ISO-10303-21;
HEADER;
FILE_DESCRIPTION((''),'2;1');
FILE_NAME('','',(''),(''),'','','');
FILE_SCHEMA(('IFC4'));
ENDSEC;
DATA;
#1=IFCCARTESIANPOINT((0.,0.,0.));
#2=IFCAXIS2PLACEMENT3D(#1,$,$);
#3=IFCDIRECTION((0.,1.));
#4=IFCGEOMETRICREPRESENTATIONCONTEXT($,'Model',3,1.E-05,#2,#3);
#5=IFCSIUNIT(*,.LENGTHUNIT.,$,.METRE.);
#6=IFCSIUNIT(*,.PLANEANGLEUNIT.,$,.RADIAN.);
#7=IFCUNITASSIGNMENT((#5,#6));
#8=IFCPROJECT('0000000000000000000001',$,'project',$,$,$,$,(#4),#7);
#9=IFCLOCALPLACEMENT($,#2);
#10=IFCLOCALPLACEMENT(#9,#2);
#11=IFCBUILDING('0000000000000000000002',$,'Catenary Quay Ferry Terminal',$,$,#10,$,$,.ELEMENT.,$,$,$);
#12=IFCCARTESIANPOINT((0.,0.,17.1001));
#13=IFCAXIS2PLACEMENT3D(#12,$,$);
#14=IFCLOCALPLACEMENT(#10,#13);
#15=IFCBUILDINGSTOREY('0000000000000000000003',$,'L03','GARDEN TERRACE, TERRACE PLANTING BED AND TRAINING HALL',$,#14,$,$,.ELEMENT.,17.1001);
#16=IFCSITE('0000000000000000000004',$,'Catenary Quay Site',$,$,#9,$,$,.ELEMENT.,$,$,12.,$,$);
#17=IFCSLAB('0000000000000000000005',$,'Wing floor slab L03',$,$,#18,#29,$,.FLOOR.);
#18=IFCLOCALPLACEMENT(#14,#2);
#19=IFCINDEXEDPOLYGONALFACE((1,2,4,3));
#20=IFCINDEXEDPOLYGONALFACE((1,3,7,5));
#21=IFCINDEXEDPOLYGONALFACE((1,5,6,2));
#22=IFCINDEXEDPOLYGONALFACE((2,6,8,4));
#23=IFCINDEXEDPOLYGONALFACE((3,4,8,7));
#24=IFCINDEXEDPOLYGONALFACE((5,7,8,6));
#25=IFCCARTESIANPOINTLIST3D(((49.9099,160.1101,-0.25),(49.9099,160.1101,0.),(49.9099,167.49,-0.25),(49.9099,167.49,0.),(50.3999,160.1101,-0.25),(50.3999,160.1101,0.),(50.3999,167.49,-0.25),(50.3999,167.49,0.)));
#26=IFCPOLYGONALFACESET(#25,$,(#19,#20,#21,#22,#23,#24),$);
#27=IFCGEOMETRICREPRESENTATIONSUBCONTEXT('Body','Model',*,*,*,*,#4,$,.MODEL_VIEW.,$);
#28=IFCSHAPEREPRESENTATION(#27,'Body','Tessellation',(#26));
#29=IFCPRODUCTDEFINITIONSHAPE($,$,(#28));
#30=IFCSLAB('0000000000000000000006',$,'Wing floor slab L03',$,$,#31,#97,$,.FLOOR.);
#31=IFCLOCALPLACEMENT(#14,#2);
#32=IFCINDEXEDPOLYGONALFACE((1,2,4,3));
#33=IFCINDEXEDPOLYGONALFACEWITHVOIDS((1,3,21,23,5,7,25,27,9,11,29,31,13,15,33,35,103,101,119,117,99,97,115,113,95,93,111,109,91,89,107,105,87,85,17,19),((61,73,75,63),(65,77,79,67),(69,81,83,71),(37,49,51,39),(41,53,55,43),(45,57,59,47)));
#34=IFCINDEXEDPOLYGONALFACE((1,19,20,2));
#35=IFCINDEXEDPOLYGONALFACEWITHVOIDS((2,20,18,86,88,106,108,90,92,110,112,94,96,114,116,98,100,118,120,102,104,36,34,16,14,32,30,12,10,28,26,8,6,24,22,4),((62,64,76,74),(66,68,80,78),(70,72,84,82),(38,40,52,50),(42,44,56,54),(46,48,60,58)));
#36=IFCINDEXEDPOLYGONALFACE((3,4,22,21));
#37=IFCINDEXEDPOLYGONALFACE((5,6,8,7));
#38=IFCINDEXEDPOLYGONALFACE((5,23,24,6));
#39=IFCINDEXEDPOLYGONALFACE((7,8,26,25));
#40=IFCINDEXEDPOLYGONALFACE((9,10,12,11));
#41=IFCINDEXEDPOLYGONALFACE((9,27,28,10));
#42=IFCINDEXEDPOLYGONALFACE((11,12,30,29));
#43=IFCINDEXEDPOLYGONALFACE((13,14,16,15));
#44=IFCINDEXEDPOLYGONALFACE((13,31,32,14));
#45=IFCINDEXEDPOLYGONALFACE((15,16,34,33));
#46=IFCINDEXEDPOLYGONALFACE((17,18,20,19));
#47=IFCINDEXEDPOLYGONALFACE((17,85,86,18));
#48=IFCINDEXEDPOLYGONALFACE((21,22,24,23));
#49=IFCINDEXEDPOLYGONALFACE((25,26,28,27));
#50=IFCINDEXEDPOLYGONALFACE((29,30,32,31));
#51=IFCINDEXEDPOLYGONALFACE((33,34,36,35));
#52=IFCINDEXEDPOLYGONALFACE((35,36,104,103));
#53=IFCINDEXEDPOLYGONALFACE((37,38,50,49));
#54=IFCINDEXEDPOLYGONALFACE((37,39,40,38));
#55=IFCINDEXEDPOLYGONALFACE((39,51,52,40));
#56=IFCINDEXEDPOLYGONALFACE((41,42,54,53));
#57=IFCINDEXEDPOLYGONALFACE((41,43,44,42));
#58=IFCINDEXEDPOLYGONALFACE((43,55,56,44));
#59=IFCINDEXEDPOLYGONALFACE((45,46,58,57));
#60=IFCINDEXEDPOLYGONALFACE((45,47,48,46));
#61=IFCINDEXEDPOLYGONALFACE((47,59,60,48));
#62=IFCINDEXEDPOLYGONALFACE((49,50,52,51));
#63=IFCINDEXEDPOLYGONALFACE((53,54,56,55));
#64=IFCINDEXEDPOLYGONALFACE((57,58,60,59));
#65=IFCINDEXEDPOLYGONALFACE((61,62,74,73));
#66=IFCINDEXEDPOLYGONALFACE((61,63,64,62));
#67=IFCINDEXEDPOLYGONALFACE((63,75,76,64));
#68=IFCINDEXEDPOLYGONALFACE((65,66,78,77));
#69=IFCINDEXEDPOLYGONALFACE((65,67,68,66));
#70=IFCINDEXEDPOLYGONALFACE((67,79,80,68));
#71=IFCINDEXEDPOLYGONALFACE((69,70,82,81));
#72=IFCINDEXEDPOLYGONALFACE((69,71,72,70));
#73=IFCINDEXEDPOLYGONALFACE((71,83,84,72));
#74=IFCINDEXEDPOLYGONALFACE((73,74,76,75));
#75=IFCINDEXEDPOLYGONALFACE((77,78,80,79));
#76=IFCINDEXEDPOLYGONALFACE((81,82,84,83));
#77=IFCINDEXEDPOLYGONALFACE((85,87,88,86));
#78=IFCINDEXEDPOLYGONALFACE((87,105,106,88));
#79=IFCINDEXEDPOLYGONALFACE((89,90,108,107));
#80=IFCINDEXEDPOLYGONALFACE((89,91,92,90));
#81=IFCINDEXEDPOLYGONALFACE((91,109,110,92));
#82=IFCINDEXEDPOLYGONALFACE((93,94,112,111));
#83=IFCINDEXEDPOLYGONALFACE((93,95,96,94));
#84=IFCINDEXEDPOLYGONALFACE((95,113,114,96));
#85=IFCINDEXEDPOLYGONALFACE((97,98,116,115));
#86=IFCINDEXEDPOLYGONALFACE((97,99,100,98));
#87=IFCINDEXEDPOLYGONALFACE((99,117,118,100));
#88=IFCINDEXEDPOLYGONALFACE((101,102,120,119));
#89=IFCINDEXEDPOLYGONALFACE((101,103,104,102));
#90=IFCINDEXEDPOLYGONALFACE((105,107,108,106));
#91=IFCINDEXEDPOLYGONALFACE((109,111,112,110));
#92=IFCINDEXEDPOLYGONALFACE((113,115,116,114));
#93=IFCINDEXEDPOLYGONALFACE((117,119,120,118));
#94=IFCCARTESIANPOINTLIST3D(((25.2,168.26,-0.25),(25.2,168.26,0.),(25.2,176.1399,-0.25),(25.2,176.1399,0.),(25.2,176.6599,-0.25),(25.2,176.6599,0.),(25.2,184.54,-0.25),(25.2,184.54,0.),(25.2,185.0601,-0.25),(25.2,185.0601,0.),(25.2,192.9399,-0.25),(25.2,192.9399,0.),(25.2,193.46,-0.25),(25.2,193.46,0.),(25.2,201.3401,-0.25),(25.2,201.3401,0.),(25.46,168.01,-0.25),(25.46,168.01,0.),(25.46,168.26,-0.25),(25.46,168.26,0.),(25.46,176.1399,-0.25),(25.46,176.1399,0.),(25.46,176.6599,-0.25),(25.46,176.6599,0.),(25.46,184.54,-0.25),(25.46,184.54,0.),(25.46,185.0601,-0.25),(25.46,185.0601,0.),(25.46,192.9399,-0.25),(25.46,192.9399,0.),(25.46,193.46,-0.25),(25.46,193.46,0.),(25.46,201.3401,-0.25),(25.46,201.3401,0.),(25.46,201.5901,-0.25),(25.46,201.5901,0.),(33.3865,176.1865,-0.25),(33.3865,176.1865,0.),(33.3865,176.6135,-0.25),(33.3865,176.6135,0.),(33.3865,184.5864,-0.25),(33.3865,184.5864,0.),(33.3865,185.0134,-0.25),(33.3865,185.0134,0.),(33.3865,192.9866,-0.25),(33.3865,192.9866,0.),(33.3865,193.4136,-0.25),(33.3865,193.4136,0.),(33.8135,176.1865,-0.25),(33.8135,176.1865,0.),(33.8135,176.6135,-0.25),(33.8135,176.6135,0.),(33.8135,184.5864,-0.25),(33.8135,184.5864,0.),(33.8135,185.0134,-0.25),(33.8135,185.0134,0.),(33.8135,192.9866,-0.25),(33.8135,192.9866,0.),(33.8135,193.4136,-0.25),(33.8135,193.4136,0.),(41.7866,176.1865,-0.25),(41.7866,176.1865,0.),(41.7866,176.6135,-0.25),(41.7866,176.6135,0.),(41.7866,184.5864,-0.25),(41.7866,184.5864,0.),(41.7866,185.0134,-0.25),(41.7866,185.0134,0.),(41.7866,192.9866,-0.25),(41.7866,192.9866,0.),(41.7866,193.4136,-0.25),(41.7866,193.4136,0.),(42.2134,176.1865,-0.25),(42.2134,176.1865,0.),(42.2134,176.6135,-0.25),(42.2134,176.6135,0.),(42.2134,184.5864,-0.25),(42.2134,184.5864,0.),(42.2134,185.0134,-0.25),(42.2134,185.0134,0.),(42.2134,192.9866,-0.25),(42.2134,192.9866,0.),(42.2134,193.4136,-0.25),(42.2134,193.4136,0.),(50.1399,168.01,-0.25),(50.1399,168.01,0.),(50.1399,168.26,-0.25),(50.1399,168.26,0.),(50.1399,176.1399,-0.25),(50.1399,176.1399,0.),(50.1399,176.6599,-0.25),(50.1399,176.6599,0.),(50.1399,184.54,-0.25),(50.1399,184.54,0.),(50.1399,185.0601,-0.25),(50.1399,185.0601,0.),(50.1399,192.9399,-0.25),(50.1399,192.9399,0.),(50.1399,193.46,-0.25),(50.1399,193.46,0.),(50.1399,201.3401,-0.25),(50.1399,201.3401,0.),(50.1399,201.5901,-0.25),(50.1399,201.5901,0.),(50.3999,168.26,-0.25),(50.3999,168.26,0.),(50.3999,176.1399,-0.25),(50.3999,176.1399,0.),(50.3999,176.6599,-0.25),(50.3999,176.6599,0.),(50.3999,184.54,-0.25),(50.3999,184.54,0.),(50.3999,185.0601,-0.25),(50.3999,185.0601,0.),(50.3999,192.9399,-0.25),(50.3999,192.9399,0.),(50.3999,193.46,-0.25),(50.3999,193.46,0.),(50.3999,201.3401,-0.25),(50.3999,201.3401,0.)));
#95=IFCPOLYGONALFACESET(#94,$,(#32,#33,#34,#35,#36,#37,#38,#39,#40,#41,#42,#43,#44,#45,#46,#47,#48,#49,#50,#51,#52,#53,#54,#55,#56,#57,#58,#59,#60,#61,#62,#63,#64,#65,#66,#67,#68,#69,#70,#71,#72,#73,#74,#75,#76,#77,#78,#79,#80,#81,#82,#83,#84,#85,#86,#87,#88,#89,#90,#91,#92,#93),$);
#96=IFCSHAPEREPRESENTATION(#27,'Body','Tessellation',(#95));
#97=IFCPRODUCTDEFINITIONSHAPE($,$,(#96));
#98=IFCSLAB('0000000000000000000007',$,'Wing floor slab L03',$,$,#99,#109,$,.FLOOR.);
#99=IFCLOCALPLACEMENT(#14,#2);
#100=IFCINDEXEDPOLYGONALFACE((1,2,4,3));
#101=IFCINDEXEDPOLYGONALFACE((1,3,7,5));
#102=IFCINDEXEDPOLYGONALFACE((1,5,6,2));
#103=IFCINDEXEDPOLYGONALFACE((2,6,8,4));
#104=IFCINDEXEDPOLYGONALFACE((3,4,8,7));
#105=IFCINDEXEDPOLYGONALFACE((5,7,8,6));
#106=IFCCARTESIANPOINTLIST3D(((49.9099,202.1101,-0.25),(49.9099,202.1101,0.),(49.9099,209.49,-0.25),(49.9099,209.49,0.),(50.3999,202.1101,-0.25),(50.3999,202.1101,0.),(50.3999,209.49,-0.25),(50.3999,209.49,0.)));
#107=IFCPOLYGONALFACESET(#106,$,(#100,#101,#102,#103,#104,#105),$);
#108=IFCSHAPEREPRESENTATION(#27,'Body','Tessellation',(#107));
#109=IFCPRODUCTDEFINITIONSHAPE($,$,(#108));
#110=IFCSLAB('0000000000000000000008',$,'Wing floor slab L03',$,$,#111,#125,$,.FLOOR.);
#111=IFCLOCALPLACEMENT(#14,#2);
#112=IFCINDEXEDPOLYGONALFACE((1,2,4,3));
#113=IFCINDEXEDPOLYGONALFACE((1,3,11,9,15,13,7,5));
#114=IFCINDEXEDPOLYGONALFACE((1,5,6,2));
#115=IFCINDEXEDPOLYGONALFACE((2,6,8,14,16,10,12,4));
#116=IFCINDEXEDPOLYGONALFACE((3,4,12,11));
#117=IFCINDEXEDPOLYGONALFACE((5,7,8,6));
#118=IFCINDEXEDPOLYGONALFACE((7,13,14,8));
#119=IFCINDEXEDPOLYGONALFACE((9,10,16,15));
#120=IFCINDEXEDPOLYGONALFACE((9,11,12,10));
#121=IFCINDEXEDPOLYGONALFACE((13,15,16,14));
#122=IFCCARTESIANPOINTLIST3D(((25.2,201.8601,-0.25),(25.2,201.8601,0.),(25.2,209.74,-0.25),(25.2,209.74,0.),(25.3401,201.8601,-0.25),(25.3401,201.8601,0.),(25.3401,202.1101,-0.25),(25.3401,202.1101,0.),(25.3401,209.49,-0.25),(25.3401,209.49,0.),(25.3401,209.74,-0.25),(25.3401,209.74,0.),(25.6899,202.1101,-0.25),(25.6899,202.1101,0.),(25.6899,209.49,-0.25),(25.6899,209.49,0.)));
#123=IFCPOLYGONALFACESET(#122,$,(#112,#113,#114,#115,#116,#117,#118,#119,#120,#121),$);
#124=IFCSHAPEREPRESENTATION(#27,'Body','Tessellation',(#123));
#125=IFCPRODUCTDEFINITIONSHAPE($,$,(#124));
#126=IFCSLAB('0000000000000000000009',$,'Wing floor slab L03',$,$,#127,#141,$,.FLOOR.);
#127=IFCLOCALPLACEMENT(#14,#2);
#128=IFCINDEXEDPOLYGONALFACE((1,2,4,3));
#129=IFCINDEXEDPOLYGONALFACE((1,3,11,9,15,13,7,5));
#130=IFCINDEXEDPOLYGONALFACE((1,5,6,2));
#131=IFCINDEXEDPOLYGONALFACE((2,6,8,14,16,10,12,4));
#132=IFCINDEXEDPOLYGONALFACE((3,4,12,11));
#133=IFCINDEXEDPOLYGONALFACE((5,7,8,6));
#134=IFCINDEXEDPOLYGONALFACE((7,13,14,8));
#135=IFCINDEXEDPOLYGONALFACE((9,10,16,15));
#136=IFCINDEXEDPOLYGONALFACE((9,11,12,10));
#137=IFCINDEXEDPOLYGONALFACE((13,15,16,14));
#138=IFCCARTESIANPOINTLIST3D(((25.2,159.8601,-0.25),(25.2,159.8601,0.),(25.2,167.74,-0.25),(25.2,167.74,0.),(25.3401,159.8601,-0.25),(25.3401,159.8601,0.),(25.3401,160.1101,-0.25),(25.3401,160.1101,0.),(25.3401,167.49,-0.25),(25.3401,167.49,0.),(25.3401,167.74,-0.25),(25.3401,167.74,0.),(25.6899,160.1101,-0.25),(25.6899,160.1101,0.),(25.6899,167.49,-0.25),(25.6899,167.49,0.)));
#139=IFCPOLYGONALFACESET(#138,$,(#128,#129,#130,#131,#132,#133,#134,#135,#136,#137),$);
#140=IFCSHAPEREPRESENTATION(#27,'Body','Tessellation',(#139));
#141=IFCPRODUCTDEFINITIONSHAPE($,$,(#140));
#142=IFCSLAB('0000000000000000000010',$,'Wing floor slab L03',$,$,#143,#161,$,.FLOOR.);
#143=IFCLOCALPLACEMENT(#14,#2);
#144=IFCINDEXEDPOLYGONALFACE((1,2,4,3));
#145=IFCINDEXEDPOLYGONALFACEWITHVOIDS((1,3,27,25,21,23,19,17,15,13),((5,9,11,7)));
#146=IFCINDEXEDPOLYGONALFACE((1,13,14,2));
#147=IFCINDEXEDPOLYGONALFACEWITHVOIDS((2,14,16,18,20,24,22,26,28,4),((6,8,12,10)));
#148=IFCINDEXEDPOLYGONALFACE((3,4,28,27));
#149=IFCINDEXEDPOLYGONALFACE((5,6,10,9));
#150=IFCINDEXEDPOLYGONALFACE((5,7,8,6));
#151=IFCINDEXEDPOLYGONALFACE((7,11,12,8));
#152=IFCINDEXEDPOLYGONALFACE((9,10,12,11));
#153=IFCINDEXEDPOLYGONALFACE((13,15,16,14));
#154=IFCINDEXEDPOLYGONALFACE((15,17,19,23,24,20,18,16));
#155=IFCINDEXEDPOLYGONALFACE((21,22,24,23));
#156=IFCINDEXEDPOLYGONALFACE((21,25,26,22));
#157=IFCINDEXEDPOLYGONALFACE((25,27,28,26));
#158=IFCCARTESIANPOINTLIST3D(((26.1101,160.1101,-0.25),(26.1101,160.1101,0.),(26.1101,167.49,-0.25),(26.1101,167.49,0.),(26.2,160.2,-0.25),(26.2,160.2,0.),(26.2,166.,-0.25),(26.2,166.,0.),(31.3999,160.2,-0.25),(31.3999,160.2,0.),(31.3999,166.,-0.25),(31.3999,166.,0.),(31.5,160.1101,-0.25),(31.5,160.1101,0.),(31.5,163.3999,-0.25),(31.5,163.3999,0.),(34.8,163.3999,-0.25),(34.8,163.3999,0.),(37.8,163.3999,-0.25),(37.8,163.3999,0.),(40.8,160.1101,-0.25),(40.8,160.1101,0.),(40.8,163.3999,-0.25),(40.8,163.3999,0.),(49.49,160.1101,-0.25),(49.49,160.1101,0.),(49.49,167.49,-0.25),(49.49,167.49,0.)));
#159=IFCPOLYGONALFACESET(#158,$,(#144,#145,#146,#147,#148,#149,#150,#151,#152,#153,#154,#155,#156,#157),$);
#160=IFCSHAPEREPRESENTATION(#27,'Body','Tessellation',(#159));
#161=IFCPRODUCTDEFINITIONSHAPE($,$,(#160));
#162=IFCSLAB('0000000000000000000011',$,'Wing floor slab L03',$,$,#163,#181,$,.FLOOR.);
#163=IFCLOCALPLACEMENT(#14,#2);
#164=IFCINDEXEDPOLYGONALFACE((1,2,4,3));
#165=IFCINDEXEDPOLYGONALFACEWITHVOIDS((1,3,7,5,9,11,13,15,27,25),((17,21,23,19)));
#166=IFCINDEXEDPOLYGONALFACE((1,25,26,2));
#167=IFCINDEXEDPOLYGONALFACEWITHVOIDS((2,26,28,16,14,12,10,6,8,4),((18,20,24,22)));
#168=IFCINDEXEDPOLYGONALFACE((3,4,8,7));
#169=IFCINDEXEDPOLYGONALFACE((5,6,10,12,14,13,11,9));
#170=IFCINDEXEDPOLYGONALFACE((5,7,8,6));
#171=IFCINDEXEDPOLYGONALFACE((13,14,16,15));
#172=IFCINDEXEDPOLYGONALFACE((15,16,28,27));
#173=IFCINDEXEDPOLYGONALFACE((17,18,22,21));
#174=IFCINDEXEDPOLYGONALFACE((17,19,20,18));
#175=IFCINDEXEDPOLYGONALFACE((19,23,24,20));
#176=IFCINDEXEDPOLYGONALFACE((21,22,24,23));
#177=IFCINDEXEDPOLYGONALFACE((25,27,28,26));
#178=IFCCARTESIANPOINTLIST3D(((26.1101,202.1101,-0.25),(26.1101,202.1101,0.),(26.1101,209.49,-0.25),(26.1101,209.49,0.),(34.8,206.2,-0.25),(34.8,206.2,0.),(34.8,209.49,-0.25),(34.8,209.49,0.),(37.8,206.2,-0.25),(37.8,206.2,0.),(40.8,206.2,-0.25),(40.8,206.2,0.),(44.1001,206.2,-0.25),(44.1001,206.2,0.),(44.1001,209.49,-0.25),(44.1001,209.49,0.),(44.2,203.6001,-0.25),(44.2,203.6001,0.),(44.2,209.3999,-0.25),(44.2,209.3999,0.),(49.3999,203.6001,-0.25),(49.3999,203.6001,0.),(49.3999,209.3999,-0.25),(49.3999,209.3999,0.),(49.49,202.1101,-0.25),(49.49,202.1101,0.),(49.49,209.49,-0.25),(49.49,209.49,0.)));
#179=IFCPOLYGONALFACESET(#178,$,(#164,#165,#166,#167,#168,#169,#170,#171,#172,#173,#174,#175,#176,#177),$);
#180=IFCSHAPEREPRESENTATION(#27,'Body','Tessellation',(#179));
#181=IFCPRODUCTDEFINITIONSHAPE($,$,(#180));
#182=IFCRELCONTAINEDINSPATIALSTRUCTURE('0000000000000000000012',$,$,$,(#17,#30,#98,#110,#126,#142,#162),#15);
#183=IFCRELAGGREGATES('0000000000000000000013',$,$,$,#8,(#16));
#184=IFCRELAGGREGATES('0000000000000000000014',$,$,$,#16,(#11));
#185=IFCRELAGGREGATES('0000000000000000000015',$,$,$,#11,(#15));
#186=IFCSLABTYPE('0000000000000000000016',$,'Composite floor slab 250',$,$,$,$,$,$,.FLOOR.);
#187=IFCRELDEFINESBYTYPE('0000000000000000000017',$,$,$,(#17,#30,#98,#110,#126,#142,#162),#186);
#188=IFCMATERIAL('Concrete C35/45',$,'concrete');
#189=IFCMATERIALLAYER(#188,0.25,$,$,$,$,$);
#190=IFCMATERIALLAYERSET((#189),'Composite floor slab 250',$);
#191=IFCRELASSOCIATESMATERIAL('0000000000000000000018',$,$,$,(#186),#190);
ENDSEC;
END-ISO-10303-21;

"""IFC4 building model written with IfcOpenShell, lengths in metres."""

from ifc_helpers import new_model, si_unit, direction, frame, origin, place, context, subcontext, project, spatial, polyline, outline, extrude, material, layer, layer_set, type_object, element, save


model = new_model("IFC4")

# Units and contexts
model_context = context("Model", 3, precision=1e-05, world=origin(), true_north=direction((0.0, 1.0)))
body_context = subcontext(model_context, "Body", "Model", "MODEL_VIEW")
ifc_project = project(units=[si_unit("LENGTHUNIT", "METRE"), si_unit("PLANEANGLEUNIT", "RADIAN")], contexts=[model_context])

# Site, building, storey
site_placement = place(None, origin())
site = spatial("IfcSite", under=ifc_project, at=site_placement, Name="Catenary Quay Site", CompositionType="ELEMENT", RefElevation=12.0)
building_placement = place(site_placement, origin())
building = spatial("IfcBuilding", under=site, at=building_placement, Name="Catenary Quay Ferry Terminal", CompositionType="ELEMENT")
storey_placement = place(building_placement, frame((0.0, 0.0, 17.1001)))
storey = spatial("IfcBuildingStorey", under=building, at=storey_placement, Name="L03", Description="GARDEN TERRACE, TERRACE PLANTING BED AND TRAINING HALL", CompositionType="ELEMENT", Elevation=17.1001)

# Slabs
ifc_material_1 = material(Name="Concrete C35/45", Category="concrete")
ifc_layer_1 = layer(ifc_material_1, 0.25)
ifc_layer_set_1 = layer_set([ifc_layer_1], Name="Composite floor slab 250")
slab_type_1 = type_object("IfcSlabType", Name="Composite floor slab 250", PredefinedType="FLOOR", material=ifc_layer_set_1)
slab_1_placement = place(storey_placement, frame((0.0, 0.0, -0.25)))
element("IfcSlab", 1, at=slab_1_placement, inside=storey, type_object=slab_type_1, Name="Wing floor slab L03", PredefinedType="FLOOR", context=body_context, shape_type="SweptSolid", body=[
    extrude(outline(polyline([(50.3999, 160.1101), (49.9099, 160.1101), (49.9099, 167.49), (50.3999, 167.49), (50.3999, 160.1101)])), origin(), (0.0, 0.0, 1.0), 0.25),
])
slab_2_placement = place(storey_placement, frame((0.0, 0.0, -0.25)))
element("IfcSlab", 2, at=slab_2_placement, inside=storey, type_object=slab_type_1, Name="Wing floor slab L03", PredefinedType="FLOOR", context=body_context, shape_type="SweptSolid", body=[
    extrude(outline(polyline([(50.3999, 168.26), (50.1399, 168.26), (50.1399, 168.01), (25.46, 168.01), (25.46, 168.26), (25.2, 168.26), (25.2, 176.1399), (25.46, 176.1399), (25.46, 176.6599), (25.2, 176.6599), (25.2, 184.54), (25.46, 184.54), (25.46, 185.0601), (25.2, 185.0601), (25.2, 192.9399), (25.46, 192.9399), (25.46, 193.46), (25.2, 193.46), (25.2, 201.3401), (25.46, 201.3401), (25.46, 201.5901), (50.1399, 201.5901), (50.1399, 201.3401), (50.3999, 201.3401), (50.3999, 193.46), (50.1399, 193.46), (50.1399, 192.9399), (50.3999, 192.9399), (50.3999, 185.0601), (50.1399, 185.0601), (50.1399, 184.54), (50.3999, 184.54), (50.3999, 176.6599), (50.1399, 176.6599), (50.1399, 176.1399), (50.3999, 176.1399), (50.3999, 168.26)]), holes=[polyline([(33.8135, 176.1865), (33.8135, 176.6135), (33.3865, 176.6135), (33.3865, 176.1865), (33.8135, 176.1865)]), polyline([(33.8135, 184.5864), (33.8135, 185.0134), (33.3865, 185.0134), (33.3865, 184.5864), (33.8135, 184.5864)]), polyline([(33.3865, 192.9866), (33.8135, 192.9866), (33.8135, 193.4136), (33.3865, 193.4136), (33.3865, 192.9866)]), polyline([(42.2134, 176.1865), (42.2134, 176.6135), (41.7866, 176.6135), (41.7866, 176.1865), (42.2134, 176.1865)]), polyline([(41.7866, 184.5864), (42.2134, 184.5864), (42.2134, 185.0134), (41.7866, 185.0134), (41.7866, 184.5864)]), polyline([(42.2134, 192.9866), (42.2134, 193.4136), (41.7866, 193.4136), (41.7866, 192.9866), (42.2134, 192.9866)])]), origin(), (0.0, 0.0, 1.0), 0.25),
])
slab_3_placement = place(storey_placement, frame((0.0, 0.0, -0.25)))
element("IfcSlab", 3, at=slab_3_placement, inside=storey, type_object=slab_type_1, Name="Wing floor slab L03", PredefinedType="FLOOR", context=body_context, shape_type="SweptSolid", body=[
    extrude(outline(polyline([(50.3999, 202.1101), (49.9099, 202.1101), (49.9099, 209.49), (50.3999, 209.49), (50.3999, 202.1101)])), origin(), (0.0, 0.0, 1.0), 0.25),
])
slab_4_placement = place(storey_placement, frame((0.0, 0.0, -0.25)))
element("IfcSlab", 4, at=slab_4_placement, inside=storey, type_object=slab_type_1, Name="Wing floor slab L03", PredefinedType="FLOOR", context=body_context, shape_type="SweptSolid", body=[
    extrude(outline(polyline([(25.2, 209.74), (25.3401, 209.74), (25.3401, 209.49), (25.6899, 209.49), (25.6899, 202.1101), (25.3401, 202.1101), (25.3401, 201.8601), (25.2, 201.8601), (25.2, 209.74)])), origin(), (0.0, 0.0, 1.0), 0.25),
])
slab_5_placement = place(storey_placement, frame((0.0, 0.0, -0.25)))
element("IfcSlab", 5, at=slab_5_placement, inside=storey, type_object=slab_type_1, Name="Wing floor slab L03", PredefinedType="FLOOR", context=body_context, shape_type="SweptSolid", body=[
    extrude(outline(polyline([(25.2, 167.74), (25.3401, 167.74), (25.3401, 167.49), (25.6899, 167.49), (25.6899, 160.1101), (25.3401, 160.1101), (25.3401, 159.8601), (25.2, 159.8601), (25.2, 167.74)])), origin(), (0.0, 0.0, 1.0), 0.25),
])
slab_6_placement = place(storey_placement, frame((0.0, 0.0, -0.25)))
element("IfcSlab", 6, at=slab_6_placement, inside=storey, type_object=slab_type_1, Name="Wing floor slab L03", PredefinedType="FLOOR", context=body_context, shape_type="SweptSolid", body=[
    extrude(outline(polyline([(49.49, 167.49), (49.49, 160.1101), (40.8, 160.1101), (40.8, 163.3999), (37.8, 163.3999), (34.8, 163.3999), (31.5, 163.3999), (31.5, 160.1101), (26.1101, 160.1101), (26.1101, 167.49), (49.49, 167.49)]), holes=[polyline([(31.3999, 160.2), (31.3999, 166.0), (26.2, 166.0), (26.2, 160.2), (31.3999, 160.2)])]), origin(), (0.0, 0.0, 1.0), 0.25),
])
slab_7_placement = place(storey_placement, frame((0.0, 0.0, -0.25)))
element("IfcSlab", 7, at=slab_7_placement, inside=storey, type_object=slab_type_1, Name="Wing floor slab L03", PredefinedType="FLOOR", context=body_context, shape_type="SweptSolid", body=[
    extrude(outline(polyline([(49.49, 209.49), (49.49, 202.1101), (26.1101, 202.1101), (26.1101, 209.49), (34.8, 209.49), (34.8, 206.2), (37.8, 206.2), (40.8, 206.2), (44.1001, 206.2), (44.1001, 209.49), (49.49, 209.49)]), holes=[polyline([(49.3999, 203.6001), (49.3999, 209.3999), (44.2, 209.3999), (44.2, 203.6001), (49.3999, 203.6001)])]), origin(), (0.0, 0.0, 1.0), 0.25),
])

save(model, "model.ifc")
